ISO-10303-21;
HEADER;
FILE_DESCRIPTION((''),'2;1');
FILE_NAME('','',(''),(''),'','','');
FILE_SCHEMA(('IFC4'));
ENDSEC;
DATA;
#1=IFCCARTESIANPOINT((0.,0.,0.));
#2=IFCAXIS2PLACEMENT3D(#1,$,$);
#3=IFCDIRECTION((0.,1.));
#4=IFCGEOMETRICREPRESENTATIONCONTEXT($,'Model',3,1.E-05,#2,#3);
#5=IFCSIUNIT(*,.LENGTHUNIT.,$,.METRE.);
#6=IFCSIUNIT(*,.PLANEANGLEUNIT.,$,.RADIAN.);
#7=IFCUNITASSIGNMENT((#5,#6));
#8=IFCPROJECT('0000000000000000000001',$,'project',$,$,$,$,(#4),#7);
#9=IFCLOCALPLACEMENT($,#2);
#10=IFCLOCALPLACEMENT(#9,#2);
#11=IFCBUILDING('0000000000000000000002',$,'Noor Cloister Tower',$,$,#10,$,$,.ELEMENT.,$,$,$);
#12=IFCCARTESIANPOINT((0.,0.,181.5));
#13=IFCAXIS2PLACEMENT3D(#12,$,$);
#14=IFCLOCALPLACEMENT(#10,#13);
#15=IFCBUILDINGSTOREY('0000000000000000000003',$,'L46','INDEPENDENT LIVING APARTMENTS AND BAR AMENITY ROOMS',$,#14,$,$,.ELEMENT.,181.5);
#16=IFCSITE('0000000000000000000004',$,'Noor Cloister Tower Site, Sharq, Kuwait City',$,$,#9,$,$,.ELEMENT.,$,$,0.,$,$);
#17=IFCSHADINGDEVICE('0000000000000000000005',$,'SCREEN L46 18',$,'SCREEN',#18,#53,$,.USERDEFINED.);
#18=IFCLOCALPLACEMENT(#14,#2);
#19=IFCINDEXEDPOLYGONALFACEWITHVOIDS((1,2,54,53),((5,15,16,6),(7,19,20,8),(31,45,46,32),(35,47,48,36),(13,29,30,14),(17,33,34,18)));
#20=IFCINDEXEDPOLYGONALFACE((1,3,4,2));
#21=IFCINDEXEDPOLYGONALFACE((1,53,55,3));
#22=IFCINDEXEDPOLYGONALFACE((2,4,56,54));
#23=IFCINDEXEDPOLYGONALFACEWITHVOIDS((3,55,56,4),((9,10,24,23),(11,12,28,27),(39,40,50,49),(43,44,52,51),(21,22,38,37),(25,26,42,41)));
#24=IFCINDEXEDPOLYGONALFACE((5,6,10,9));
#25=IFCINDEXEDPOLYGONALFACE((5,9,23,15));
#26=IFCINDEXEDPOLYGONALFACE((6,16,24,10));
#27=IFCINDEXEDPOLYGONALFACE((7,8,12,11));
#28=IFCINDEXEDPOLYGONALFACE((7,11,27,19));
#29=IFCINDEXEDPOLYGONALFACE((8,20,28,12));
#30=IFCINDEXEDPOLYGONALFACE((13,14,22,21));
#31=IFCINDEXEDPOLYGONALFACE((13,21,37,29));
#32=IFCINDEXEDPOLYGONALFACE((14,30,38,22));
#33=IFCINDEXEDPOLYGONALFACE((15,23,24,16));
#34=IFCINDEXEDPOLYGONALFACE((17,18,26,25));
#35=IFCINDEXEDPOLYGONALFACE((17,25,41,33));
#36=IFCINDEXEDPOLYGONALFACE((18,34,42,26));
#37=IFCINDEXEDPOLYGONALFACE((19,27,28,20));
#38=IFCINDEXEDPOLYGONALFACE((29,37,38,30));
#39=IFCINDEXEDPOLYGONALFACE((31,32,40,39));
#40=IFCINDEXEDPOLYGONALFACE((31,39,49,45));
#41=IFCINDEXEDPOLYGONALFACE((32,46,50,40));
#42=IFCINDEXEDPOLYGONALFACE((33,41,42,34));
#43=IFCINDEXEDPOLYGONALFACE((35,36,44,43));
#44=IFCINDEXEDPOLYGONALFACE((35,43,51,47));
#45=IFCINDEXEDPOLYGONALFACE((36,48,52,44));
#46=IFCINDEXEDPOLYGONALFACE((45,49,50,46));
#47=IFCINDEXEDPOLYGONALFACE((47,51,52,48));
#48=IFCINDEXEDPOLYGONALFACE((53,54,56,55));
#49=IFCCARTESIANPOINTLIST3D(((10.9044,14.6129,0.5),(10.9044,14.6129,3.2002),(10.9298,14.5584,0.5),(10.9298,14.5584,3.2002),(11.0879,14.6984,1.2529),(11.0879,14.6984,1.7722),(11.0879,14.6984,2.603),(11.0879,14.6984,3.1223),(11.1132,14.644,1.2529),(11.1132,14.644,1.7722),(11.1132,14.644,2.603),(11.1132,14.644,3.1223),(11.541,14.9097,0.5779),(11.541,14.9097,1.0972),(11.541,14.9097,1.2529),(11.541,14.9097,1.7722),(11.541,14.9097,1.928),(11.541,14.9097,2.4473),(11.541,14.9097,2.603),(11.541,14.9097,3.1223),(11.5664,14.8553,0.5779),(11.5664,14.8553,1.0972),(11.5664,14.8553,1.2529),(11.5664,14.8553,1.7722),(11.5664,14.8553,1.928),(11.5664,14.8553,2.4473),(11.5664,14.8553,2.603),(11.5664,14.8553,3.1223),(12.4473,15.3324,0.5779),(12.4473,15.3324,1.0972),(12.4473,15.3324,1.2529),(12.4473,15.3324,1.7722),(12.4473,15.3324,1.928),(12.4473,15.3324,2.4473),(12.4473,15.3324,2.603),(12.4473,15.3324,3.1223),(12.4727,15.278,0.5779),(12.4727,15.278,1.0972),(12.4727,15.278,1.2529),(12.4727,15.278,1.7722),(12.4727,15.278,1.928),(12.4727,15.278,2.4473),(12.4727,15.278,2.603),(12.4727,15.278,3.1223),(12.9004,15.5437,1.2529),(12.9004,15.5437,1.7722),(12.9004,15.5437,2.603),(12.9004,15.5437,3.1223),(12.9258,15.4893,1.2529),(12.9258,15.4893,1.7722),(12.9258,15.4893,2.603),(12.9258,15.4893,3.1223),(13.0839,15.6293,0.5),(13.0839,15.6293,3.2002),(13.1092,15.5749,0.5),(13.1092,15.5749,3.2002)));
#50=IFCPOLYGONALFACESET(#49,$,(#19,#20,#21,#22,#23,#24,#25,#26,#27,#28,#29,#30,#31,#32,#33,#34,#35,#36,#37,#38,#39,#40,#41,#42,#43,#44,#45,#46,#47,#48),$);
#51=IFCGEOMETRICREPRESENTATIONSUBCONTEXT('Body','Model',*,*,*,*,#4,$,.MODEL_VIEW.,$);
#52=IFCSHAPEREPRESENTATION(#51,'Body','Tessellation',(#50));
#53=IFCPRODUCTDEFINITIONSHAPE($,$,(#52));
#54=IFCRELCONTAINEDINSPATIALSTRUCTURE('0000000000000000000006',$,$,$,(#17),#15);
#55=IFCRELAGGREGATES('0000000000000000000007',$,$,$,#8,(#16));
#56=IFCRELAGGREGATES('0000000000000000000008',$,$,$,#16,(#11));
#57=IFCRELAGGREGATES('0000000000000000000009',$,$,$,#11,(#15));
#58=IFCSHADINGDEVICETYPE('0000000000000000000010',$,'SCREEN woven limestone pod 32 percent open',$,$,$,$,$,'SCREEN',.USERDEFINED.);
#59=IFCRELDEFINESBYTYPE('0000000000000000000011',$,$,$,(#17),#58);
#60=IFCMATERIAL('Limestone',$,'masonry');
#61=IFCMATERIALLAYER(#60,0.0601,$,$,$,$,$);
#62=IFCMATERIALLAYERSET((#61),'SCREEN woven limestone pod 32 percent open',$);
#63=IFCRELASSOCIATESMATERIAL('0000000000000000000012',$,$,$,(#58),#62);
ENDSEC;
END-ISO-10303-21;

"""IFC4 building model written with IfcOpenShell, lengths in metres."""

from ifc_helpers import new_model, si_unit, direction, frame, origin, place, context, subcontext, project, spatial, polyline, outline, extrude, material, layer, layer_set, type_object, element, save


model = new_model("IFC4")

# Units and contexts
model_context = context("Model", 3, precision=1e-05, world=origin(), true_north=direction((0.0, 1.0)))
body_context = subcontext(model_context, "Body", "Model", "MODEL_VIEW")
ifc_project = project(units=[si_unit("LENGTHUNIT", "METRE"), si_unit("PLANEANGLEUNIT", "RADIAN")], contexts=[model_context])

# Site, building, storey
site_placement = place(None, origin())
site = spatial("IfcSite", under=ifc_project, at=site_placement, Name="Noor Cloister Tower Site, Sharq, Kuwait City", CompositionType="ELEMENT", RefElevation=0.0)
building_placement = place(site_placement, origin())
building = spatial("IfcBuilding", under=site, at=building_placement, Name="Noor Cloister Tower", CompositionType="ELEMENT")
storey_placement = place(building_placement, frame((0.0, 0.0, 181.5)))
storey = spatial("IfcBuildingStorey", under=building, at=storey_placement, Name="L46", Description="INDEPENDENT LIVING APARTMENTS AND BAR AMENITY ROOMS", CompositionType="ELEMENT", Elevation=181.5)

# Shading device
ifc_material_1 = material(Name="Limestone", Category="masonry")
ifc_layer_1 = layer(ifc_material_1, 0.0601)
ifc_layer_set_1 = layer_set([ifc_layer_1], Name="SCREEN woven limestone pod 32 percent open")
shading_device_type_1 = type_object("IfcShadingDeviceType", Name="SCREEN woven limestone pod 32 percent open", ElementType="SCREEN", PredefinedType="USERDEFINED", material=ifc_layer_set_1)
shading_device_1_placement = place(storey_placement, frame((12.0195, 15.0667, 1.8501), z_axis=(-0.422663, 0.906287, 0.0), x_axis=(-0.906287, -0.422663, 0.0)))
element("IfcShadingDevice", 1, at=shading_device_1_placement, inside=storey, type_object=shading_device_type_1, Name="SCREEN L46 18", ObjectType="SCREEN", PredefinedType="USERDEFINED", context=body_context, shape_type="SweptSolid", body=[
    extrude(outline(polyline([(-1.2024, -1.3501), (1.2024, -1.3501), (1.2024, 1.3501), (-1.2024, 1.3501), (-1.2024, -1.3501)]), holes=[polyline([(-0.5, -1.2722), (0.5, -1.2722), (0.5, -0.7529), (-0.5, -0.7529), (-0.5, -1.2722)]), polyline([(-1.0, -0.5972), (-0.5, -0.5972), (-0.5, -0.0779), (-1.0, -0.0779), (-1.0, -0.5972)]), polyline([(0.5, -0.5972), (1.0, -0.5972), (1.0, -0.0779), (0.5, -0.0779), (0.5, -0.5972)]), polyline([(-0.5, 0.0779), (0.5, 0.0779), (0.5, 0.5972), (-0.5, 0.5972), (-0.5, 0.0779)]), polyline([(-1.0, 0.7529), (-0.5, 0.7529), (-0.5, 1.2722), (-1.0, 1.2722), (-1.0, 0.7529)]), polyline([(0.5, 0.7529), (1.0, 0.7529), (1.0, 1.2722), (0.5, 1.2722), (0.5, 0.7529)])]), origin(), (0.0, 0.0, 1.0), 0.0601),
])

save(model, "model.ifc")
